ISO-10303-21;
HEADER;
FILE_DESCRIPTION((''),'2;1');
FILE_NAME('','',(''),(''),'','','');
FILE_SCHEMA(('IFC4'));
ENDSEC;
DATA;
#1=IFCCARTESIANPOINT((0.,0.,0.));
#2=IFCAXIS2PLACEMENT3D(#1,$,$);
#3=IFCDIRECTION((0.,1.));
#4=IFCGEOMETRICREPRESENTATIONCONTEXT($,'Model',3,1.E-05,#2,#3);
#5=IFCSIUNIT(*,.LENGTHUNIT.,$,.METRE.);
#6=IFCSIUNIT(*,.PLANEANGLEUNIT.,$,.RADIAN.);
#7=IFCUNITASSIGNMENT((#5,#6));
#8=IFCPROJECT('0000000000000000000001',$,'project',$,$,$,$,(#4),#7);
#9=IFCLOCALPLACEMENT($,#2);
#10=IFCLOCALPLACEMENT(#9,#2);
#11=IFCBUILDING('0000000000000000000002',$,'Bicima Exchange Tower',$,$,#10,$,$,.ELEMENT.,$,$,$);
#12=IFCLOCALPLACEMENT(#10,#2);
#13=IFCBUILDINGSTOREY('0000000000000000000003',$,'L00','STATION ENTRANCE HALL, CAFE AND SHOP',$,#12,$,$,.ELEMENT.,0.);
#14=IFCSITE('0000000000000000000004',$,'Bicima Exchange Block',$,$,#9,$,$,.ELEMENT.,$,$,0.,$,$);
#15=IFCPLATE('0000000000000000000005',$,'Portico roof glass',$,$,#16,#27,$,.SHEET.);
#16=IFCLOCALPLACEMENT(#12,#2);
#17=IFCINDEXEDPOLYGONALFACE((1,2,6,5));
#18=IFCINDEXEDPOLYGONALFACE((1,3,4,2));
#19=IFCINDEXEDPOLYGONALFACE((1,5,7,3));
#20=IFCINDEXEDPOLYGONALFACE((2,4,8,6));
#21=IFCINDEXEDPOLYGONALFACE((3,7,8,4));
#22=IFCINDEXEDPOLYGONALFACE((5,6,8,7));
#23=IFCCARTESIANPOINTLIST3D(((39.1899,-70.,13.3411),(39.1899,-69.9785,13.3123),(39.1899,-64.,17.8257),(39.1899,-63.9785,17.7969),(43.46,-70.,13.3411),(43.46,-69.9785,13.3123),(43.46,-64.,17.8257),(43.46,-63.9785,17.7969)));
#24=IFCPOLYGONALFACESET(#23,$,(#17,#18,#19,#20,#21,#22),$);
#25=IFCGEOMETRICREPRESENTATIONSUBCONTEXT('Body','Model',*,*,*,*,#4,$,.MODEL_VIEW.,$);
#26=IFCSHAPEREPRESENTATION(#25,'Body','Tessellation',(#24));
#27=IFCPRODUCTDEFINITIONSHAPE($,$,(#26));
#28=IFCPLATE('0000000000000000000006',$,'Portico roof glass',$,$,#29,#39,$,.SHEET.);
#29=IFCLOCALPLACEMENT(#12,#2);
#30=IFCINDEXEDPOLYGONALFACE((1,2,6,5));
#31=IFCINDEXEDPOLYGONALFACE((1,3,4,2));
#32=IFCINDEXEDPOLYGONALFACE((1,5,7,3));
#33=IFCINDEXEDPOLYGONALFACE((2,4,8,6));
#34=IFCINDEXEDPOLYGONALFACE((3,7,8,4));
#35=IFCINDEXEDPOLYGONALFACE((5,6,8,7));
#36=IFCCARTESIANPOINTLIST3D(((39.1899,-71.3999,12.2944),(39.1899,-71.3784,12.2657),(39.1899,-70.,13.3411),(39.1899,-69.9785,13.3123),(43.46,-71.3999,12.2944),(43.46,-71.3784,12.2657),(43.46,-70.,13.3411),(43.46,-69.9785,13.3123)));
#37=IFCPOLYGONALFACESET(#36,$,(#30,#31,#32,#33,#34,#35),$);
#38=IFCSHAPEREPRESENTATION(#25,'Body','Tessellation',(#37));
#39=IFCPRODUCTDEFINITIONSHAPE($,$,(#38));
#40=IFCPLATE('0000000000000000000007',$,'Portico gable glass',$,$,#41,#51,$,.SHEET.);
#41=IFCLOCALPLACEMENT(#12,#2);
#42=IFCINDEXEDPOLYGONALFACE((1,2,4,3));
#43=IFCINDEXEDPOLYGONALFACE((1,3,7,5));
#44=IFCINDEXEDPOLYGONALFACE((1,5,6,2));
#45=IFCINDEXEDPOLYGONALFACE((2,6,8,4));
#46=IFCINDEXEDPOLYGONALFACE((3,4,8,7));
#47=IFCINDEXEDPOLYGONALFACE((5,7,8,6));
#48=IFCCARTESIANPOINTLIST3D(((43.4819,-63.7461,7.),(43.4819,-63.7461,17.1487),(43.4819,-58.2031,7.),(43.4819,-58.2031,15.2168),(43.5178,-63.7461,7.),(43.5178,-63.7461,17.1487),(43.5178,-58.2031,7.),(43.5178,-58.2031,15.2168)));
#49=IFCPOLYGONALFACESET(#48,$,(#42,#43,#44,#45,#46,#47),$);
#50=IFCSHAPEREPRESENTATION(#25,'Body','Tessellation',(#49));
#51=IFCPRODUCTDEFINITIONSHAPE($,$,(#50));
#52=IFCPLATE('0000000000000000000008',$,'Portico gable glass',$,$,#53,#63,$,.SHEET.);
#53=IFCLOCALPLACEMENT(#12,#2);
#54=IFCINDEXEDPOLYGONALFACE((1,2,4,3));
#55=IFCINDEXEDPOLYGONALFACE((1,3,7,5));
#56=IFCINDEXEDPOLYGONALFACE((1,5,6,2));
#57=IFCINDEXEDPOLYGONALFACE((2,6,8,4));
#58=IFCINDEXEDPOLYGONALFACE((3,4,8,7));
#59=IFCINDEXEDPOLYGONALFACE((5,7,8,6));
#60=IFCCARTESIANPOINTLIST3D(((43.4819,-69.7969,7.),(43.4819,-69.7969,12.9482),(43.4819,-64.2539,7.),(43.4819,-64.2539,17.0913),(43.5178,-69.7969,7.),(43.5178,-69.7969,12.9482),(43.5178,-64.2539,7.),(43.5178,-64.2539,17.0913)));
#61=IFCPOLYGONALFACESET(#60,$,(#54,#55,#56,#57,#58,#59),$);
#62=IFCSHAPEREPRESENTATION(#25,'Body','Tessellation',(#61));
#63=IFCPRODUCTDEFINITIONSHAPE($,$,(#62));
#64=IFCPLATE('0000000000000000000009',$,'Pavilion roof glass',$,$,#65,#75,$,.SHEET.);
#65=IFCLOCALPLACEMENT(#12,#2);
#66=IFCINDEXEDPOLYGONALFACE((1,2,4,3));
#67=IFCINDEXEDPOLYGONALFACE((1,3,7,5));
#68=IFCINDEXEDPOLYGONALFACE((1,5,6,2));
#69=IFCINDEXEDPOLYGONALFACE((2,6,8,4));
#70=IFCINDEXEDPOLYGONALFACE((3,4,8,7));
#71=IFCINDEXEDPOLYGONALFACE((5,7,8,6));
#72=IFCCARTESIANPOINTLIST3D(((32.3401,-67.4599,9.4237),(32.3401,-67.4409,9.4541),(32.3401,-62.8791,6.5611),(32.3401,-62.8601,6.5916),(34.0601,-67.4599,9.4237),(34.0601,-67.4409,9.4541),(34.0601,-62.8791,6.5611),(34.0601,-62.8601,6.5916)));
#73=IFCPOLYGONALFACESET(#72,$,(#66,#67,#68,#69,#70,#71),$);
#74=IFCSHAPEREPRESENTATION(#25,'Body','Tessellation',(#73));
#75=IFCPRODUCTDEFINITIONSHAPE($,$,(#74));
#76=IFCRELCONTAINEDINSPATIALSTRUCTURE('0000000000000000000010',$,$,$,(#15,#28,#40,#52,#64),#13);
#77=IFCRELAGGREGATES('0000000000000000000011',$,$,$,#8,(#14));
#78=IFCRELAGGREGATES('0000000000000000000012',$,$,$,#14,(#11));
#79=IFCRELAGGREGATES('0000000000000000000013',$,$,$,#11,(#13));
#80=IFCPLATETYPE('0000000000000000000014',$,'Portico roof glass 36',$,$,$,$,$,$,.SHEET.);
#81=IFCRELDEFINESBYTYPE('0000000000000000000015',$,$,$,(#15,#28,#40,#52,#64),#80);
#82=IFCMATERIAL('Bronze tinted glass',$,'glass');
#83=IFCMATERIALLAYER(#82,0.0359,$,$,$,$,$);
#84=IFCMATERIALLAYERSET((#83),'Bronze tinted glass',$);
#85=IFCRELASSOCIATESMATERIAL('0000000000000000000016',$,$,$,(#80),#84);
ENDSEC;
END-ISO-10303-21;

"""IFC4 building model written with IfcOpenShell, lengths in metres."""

from ifc_helpers import new_model, si_unit, direction, frame, origin, place, context, subcontext, project, spatial, polyline, outline, extrude, material, layer, layer_set, type_object, element, save


model = new_model("IFC4")

# Units and contexts
model_context = context("Model", 3, precision=1e-05, world=origin(), true_north=direction((0.0, 1.0)))
body_context = subcontext(model_context, "Body", "Model", "MODEL_VIEW")
ifc_project = project(units=[si_unit("LENGTHUNIT", "METRE"), si_unit("PLANEANGLEUNIT", "RADIAN")], contexts=[model_context])

# Site, building, storey
site_placement = place(None, origin())
site = spatial("IfcSite", under=ifc_project, at=site_placement, Name="Bicima Exchange Block", CompositionType="ELEMENT", RefElevation=0.0)
building_placement = place(site_placement, origin())
building = spatial("IfcBuilding", under=site, at=building_placement, Name="Bicima Exchange Tower", CompositionType="ELEMENT")
storey_placement = place(building_placement, origin())
storey = spatial("IfcBuildingStorey", under=building, at=storey_placement, Name="L00", Description="STATION ENTRANCE HALL, CAFE AND SHOP", CompositionType="ELEMENT", Elevation=0.0)

# Plates
ifc_material_1 = material(Name="Bronze tinted glass", Category="glass")
ifc_layer = layer(ifc_material_1, 0.0359)
ifc_layer_set = layer_set([ifc_layer], Name="Bronze tinted glass")
plate_type = type_object("IfcPlateType", Name="Portico roof glass 36", PredefinedType="SHEET", material=ifc_layer_set)
plate_1_placement = place(storey_placement, frame((39.1899, -64.0, 17.8257), z_axis=(0.0, -0.598685, 0.800985), x_axis=(1.0, 0.0, 0.0)))
element("IfcPlate", 1, at=plate_1_placement, inside=storey, type_object=plate_type, Name="Portico roof glass", PredefinedType="SHEET", context=body_context, shape_type="SweptSolid", body=[
    extrude(outline(polyline([(0.0, 0.0), (4.27, 0.0), (4.27, -7.4908), (0.0, -7.4908), (0.0, 0.0)])), origin(), (0.0, 0.0, -1.0), 0.0359),
])
plate_2_placement = place(storey_placement, frame((39.1899, -70.0, 13.3411), z_axis=(0.0, -0.598793, 0.800904), x_axis=(1.0, 0.0, 0.0)))
element("IfcPlate", 2, at=plate_2_placement, inside=storey, type_object=plate_type, Name="Portico roof glass", PredefinedType="SHEET", context=body_context, shape_type="SweptSolid", body=[
    extrude(outline(polyline([(0.0, 0.0), (4.27, 0.0), (4.27, -1.7479), (0.0, -1.7479), (0.0, 0.0)])), origin(), (0.0, 0.0, -1.0), 0.0359),
])
plate_3_placement = place(storey_placement, frame((43.4819, -58.2031, 7.0), z_axis=(-1.0, 0.0, 0.0), x_axis=(0.0, -1.0, 0.0)))
element("IfcPlate", 3, at=plate_3_placement, inside=storey, type_object=plate_type, Name="Portico gable glass", PredefinedType="SHEET", context=body_context, shape_type="SweptSolid", body=[
    extrude(outline(polyline([(0.0, 0.0), (5.543, 0.0), (5.543, 10.1487), (0.0, 8.2168), (0.0, 0.0)])), origin(), (0.0, 0.0, -1.0), 0.0359),
])
plate_4_placement = place(storey_placement, frame((43.4819, -64.2539, 7.0), z_axis=(-1.0, 0.0, 0.0), x_axis=(0.0, -1.0, 0.0)))
element("IfcPlate", 4, at=plate_4_placement, inside=storey, type_object=plate_type, Name="Portico gable glass", PredefinedType="SHEET", context=body_context, shape_type="SweptSolid", body=[
    extrude(outline(polyline([(0.0, 0.0), (5.543, 0.0), (5.543, 5.9482), (0.0, 10.0913), (0.0, 0.0)])), origin(), (0.0, 0.0, -1.0), 0.0359),
])
plate_5_placement = place(storey_placement, frame((32.3401, -62.8601, 6.5916), z_axis=(0.0, 0.529938, 0.848036), x_axis=(1.0, 0.0, 0.0)))
element("IfcPlate", 5, at=plate_5_placement, inside=storey, type_object=plate_type, Name="Pavilion roof glass", PredefinedType="SHEET", context=body_context, shape_type="SweptSolid", body=[
    extrude(outline(polyline([(0.0, 0.0), (1.72, 0.0), (1.72, -5.4017), (0.0, -5.4017), (0.0, 0.0)])), origin(), (0.0, 0.0, -1.0), 0.0359),
])

save(model, "model.ifc")
